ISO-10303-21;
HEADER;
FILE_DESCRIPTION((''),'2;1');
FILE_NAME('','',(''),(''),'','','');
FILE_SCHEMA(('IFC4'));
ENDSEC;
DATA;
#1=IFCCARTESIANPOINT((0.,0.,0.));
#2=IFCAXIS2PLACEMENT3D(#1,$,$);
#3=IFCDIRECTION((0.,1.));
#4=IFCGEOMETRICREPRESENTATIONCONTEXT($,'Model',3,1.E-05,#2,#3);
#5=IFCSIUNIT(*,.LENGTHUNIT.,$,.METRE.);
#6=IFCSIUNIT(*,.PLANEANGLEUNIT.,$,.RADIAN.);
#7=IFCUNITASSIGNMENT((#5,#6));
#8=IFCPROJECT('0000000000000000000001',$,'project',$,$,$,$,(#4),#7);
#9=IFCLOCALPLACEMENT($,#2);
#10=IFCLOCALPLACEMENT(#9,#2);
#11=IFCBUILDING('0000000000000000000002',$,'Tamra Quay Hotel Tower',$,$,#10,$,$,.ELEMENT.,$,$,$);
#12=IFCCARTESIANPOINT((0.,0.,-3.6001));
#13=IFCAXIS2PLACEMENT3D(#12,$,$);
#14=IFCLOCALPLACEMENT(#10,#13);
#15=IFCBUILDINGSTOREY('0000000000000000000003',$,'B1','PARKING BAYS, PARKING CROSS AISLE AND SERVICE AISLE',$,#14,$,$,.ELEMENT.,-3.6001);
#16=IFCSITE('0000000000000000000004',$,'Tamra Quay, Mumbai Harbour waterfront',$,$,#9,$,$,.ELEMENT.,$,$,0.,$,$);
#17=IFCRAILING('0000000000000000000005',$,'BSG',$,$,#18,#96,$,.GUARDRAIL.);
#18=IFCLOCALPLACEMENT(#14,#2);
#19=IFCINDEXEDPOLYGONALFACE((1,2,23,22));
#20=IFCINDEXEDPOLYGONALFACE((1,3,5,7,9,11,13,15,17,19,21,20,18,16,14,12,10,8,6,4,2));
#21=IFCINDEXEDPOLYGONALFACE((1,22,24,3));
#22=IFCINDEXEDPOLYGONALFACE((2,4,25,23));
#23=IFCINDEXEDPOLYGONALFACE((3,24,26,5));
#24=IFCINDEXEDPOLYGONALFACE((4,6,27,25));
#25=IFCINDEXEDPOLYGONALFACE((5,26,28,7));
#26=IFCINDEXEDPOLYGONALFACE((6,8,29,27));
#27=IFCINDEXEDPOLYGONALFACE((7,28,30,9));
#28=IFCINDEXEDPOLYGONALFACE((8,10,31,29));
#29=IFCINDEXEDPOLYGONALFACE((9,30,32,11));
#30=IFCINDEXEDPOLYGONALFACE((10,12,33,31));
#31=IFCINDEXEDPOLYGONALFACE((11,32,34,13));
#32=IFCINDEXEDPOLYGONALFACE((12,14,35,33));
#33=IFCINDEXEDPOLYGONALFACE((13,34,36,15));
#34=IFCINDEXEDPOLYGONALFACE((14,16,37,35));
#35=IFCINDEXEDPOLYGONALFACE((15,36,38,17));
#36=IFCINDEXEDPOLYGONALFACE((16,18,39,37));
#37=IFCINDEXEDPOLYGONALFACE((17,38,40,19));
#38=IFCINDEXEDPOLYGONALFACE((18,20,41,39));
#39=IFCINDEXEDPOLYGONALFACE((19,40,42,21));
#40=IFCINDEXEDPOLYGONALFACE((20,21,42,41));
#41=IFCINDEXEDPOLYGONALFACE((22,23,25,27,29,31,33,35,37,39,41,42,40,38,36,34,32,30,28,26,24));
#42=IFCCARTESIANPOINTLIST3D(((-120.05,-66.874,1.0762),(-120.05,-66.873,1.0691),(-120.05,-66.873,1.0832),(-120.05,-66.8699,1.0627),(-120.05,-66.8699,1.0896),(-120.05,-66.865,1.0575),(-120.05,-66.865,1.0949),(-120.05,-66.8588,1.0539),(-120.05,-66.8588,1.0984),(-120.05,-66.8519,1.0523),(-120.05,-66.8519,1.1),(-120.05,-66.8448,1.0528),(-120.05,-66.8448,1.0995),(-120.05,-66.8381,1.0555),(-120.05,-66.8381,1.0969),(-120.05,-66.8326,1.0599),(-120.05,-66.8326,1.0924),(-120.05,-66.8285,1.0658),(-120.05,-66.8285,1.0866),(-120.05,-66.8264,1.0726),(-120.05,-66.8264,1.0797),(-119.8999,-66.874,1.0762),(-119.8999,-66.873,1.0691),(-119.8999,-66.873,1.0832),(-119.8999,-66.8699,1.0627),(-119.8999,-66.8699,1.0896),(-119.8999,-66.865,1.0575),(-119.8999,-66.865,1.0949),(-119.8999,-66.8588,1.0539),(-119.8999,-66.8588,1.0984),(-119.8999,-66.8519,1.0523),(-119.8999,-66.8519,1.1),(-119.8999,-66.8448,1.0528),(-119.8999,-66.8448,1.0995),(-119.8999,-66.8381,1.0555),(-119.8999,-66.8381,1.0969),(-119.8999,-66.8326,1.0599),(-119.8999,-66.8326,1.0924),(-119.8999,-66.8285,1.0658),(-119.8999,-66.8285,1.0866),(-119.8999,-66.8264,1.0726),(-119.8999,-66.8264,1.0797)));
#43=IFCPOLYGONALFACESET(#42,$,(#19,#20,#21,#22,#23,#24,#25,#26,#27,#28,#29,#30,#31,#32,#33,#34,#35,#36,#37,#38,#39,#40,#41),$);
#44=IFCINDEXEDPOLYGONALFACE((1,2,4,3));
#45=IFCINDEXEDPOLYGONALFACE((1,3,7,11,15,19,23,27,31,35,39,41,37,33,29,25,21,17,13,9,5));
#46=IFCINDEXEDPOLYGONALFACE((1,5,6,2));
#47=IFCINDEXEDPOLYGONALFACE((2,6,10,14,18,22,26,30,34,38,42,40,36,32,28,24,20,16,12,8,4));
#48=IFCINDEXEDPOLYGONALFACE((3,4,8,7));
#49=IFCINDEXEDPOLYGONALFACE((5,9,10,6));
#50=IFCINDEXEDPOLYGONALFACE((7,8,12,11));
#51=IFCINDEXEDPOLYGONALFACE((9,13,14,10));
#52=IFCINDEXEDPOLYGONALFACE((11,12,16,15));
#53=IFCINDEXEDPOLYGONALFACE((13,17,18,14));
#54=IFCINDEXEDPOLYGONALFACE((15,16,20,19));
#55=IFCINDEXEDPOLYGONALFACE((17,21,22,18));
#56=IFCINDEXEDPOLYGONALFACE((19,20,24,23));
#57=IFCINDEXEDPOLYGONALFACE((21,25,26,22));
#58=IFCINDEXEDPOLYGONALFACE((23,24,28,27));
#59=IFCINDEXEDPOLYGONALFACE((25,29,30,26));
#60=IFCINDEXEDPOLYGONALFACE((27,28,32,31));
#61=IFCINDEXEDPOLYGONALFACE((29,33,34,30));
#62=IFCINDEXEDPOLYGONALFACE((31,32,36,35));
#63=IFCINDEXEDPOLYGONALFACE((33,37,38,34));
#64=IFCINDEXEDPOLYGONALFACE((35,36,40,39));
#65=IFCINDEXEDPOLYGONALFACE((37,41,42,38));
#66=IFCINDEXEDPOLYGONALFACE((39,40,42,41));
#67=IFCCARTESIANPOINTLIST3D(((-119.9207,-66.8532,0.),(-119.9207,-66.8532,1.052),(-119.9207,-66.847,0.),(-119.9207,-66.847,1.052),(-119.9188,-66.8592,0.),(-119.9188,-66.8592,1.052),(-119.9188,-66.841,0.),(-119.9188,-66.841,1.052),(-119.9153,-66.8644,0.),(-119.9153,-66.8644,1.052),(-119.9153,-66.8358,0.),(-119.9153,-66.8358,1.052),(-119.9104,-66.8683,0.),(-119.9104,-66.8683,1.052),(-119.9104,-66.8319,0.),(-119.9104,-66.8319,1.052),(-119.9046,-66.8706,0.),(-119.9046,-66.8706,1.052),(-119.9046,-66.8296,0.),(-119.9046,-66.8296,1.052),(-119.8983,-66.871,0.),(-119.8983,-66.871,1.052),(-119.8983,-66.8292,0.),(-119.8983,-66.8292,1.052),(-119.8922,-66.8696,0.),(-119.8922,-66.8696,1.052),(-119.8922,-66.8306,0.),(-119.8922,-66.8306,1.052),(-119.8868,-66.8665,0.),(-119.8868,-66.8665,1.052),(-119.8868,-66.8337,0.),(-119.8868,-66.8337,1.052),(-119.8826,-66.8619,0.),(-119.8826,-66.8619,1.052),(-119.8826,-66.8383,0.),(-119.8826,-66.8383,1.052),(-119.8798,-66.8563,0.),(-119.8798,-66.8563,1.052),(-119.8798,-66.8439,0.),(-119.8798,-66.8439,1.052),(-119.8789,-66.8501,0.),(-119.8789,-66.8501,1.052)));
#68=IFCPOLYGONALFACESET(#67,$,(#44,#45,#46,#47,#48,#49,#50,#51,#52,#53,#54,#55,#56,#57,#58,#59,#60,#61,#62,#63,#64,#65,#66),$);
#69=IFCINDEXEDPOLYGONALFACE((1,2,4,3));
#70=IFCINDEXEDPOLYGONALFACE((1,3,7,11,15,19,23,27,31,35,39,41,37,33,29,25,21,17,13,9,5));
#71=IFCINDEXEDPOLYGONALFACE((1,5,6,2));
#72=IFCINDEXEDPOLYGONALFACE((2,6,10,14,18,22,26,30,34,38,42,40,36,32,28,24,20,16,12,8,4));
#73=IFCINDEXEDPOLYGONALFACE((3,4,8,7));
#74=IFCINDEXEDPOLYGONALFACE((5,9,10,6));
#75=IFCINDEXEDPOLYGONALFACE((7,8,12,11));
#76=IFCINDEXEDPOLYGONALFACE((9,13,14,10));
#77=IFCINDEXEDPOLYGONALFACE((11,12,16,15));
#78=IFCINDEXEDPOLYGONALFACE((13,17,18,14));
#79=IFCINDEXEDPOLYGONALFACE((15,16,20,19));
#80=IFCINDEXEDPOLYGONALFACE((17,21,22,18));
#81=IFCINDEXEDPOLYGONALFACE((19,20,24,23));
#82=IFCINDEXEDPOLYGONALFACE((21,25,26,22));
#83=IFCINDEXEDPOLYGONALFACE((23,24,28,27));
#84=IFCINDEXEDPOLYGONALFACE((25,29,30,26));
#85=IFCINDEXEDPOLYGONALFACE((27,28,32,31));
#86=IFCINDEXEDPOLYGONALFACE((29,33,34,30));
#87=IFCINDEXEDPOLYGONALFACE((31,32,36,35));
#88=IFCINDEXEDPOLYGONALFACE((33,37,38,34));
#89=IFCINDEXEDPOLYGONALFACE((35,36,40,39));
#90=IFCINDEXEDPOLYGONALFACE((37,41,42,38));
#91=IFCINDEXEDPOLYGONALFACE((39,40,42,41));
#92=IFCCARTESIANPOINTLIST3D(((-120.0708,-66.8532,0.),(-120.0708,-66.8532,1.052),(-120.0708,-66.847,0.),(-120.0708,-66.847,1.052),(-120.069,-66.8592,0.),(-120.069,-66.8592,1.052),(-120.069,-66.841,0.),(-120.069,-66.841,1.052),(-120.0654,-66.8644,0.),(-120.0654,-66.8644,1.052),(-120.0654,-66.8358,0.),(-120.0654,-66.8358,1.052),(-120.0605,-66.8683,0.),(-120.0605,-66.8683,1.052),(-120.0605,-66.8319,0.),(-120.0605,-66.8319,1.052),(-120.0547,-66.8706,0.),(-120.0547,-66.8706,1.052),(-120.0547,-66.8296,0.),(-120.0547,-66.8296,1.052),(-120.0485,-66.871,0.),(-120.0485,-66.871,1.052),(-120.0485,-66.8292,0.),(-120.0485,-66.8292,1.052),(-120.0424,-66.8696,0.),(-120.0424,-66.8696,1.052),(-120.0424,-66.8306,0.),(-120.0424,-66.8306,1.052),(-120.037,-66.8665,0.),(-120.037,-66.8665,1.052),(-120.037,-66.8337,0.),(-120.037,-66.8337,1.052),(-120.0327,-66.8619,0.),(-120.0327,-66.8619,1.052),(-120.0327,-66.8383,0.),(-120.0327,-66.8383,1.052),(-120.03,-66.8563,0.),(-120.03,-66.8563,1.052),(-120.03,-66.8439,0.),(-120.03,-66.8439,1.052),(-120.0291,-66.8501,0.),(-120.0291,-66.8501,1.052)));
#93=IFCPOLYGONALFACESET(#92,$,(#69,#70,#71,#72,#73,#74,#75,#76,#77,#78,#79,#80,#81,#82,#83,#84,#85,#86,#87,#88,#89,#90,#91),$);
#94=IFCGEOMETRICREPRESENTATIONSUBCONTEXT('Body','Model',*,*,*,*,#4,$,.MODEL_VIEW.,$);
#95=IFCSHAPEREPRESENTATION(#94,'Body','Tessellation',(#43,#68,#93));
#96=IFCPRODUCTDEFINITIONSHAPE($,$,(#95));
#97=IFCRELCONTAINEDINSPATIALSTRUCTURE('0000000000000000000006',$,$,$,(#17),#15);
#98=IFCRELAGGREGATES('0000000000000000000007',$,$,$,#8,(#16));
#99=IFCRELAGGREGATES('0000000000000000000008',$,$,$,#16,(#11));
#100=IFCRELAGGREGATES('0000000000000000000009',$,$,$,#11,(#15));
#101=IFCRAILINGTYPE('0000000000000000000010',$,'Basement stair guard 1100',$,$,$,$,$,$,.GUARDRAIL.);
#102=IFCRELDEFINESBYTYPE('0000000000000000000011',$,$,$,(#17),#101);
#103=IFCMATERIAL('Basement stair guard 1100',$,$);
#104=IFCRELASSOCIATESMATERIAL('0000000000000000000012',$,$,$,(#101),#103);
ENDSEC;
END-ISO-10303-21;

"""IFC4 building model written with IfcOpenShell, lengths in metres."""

from ifc_helpers import new_model, si_unit, direction, frame, origin, origin_2d, place, context, subcontext, project, spatial, circle, extrude, material, type_object, element, save


model = new_model("IFC4")

# Units and contexts
model_context = context("Model", 3, precision=1e-05, world=origin(), true_north=direction((0.0, 1.0)))
body_context = subcontext(model_context, "Body", "Model", "MODEL_VIEW")
ifc_project = project(units=[si_unit("LENGTHUNIT", "METRE"), si_unit("PLANEANGLEUNIT", "RADIAN")], contexts=[model_context])

# Site, building, storey
site_placement = place(None, origin())
site = spatial("IfcSite", under=ifc_project, at=site_placement, Name="Tamra Quay, Mumbai Harbour waterfront", CompositionType="ELEMENT", RefElevation=0.0)
building_placement = place(site_placement, origin())
building = spatial("IfcBuilding", under=site, at=building_placement, Name="Tamra Quay Hotel Tower", CompositionType="ELEMENT")
storey_placement = place(building_placement, frame((0.0, 0.0, -3.6001)))
storey = spatial("IfcBuildingStorey", under=building, at=storey_placement, Name="B1", Description="PARKING BAYS, PARKING CROSS AISLE AND SERVICE AISLE", CompositionType="ELEMENT", Elevation=-3.6001)

# Railing
ifc_material_1 = material(Name="Basement stair guard 1100")
railing_type_1 = type_object("IfcRailingType", Name="Basement stair guard 1100", PredefinedType="GUARDRAIL", material=ifc_material_1)
railing_1_placement = place(storey_placement, frame((-119.8999, -66.8501, 0.0)))
element("IfcRailing", 1, at=railing_1_placement, inside=storey, type_object=railing_type_1, Name="BSG", PredefinedType="GUARDRAIL", context=body_context, shape_type="SweptSolid", body=[
    extrude(circle(Radius=0.0239, at=origin_2d()), frame((0.0, 0.0, 1.0762), z_axis=(-1.0, 0.0, 0.0), x_axis=(0.0, -1.0, 0.0)), (0.0, 0.0, 1.0), 0.1501),
    extrude(circle(Radius=0.021, at=origin_2d()), origin(), (0.0, 0.0, 1.0), 1.052),
    extrude(circle(Radius=0.021, at=origin_2d()), frame((-0.1501, 0.0, 0.0)), (0.0, 0.0, 1.0), 1.052),
])

save(model, "model.ifc")
